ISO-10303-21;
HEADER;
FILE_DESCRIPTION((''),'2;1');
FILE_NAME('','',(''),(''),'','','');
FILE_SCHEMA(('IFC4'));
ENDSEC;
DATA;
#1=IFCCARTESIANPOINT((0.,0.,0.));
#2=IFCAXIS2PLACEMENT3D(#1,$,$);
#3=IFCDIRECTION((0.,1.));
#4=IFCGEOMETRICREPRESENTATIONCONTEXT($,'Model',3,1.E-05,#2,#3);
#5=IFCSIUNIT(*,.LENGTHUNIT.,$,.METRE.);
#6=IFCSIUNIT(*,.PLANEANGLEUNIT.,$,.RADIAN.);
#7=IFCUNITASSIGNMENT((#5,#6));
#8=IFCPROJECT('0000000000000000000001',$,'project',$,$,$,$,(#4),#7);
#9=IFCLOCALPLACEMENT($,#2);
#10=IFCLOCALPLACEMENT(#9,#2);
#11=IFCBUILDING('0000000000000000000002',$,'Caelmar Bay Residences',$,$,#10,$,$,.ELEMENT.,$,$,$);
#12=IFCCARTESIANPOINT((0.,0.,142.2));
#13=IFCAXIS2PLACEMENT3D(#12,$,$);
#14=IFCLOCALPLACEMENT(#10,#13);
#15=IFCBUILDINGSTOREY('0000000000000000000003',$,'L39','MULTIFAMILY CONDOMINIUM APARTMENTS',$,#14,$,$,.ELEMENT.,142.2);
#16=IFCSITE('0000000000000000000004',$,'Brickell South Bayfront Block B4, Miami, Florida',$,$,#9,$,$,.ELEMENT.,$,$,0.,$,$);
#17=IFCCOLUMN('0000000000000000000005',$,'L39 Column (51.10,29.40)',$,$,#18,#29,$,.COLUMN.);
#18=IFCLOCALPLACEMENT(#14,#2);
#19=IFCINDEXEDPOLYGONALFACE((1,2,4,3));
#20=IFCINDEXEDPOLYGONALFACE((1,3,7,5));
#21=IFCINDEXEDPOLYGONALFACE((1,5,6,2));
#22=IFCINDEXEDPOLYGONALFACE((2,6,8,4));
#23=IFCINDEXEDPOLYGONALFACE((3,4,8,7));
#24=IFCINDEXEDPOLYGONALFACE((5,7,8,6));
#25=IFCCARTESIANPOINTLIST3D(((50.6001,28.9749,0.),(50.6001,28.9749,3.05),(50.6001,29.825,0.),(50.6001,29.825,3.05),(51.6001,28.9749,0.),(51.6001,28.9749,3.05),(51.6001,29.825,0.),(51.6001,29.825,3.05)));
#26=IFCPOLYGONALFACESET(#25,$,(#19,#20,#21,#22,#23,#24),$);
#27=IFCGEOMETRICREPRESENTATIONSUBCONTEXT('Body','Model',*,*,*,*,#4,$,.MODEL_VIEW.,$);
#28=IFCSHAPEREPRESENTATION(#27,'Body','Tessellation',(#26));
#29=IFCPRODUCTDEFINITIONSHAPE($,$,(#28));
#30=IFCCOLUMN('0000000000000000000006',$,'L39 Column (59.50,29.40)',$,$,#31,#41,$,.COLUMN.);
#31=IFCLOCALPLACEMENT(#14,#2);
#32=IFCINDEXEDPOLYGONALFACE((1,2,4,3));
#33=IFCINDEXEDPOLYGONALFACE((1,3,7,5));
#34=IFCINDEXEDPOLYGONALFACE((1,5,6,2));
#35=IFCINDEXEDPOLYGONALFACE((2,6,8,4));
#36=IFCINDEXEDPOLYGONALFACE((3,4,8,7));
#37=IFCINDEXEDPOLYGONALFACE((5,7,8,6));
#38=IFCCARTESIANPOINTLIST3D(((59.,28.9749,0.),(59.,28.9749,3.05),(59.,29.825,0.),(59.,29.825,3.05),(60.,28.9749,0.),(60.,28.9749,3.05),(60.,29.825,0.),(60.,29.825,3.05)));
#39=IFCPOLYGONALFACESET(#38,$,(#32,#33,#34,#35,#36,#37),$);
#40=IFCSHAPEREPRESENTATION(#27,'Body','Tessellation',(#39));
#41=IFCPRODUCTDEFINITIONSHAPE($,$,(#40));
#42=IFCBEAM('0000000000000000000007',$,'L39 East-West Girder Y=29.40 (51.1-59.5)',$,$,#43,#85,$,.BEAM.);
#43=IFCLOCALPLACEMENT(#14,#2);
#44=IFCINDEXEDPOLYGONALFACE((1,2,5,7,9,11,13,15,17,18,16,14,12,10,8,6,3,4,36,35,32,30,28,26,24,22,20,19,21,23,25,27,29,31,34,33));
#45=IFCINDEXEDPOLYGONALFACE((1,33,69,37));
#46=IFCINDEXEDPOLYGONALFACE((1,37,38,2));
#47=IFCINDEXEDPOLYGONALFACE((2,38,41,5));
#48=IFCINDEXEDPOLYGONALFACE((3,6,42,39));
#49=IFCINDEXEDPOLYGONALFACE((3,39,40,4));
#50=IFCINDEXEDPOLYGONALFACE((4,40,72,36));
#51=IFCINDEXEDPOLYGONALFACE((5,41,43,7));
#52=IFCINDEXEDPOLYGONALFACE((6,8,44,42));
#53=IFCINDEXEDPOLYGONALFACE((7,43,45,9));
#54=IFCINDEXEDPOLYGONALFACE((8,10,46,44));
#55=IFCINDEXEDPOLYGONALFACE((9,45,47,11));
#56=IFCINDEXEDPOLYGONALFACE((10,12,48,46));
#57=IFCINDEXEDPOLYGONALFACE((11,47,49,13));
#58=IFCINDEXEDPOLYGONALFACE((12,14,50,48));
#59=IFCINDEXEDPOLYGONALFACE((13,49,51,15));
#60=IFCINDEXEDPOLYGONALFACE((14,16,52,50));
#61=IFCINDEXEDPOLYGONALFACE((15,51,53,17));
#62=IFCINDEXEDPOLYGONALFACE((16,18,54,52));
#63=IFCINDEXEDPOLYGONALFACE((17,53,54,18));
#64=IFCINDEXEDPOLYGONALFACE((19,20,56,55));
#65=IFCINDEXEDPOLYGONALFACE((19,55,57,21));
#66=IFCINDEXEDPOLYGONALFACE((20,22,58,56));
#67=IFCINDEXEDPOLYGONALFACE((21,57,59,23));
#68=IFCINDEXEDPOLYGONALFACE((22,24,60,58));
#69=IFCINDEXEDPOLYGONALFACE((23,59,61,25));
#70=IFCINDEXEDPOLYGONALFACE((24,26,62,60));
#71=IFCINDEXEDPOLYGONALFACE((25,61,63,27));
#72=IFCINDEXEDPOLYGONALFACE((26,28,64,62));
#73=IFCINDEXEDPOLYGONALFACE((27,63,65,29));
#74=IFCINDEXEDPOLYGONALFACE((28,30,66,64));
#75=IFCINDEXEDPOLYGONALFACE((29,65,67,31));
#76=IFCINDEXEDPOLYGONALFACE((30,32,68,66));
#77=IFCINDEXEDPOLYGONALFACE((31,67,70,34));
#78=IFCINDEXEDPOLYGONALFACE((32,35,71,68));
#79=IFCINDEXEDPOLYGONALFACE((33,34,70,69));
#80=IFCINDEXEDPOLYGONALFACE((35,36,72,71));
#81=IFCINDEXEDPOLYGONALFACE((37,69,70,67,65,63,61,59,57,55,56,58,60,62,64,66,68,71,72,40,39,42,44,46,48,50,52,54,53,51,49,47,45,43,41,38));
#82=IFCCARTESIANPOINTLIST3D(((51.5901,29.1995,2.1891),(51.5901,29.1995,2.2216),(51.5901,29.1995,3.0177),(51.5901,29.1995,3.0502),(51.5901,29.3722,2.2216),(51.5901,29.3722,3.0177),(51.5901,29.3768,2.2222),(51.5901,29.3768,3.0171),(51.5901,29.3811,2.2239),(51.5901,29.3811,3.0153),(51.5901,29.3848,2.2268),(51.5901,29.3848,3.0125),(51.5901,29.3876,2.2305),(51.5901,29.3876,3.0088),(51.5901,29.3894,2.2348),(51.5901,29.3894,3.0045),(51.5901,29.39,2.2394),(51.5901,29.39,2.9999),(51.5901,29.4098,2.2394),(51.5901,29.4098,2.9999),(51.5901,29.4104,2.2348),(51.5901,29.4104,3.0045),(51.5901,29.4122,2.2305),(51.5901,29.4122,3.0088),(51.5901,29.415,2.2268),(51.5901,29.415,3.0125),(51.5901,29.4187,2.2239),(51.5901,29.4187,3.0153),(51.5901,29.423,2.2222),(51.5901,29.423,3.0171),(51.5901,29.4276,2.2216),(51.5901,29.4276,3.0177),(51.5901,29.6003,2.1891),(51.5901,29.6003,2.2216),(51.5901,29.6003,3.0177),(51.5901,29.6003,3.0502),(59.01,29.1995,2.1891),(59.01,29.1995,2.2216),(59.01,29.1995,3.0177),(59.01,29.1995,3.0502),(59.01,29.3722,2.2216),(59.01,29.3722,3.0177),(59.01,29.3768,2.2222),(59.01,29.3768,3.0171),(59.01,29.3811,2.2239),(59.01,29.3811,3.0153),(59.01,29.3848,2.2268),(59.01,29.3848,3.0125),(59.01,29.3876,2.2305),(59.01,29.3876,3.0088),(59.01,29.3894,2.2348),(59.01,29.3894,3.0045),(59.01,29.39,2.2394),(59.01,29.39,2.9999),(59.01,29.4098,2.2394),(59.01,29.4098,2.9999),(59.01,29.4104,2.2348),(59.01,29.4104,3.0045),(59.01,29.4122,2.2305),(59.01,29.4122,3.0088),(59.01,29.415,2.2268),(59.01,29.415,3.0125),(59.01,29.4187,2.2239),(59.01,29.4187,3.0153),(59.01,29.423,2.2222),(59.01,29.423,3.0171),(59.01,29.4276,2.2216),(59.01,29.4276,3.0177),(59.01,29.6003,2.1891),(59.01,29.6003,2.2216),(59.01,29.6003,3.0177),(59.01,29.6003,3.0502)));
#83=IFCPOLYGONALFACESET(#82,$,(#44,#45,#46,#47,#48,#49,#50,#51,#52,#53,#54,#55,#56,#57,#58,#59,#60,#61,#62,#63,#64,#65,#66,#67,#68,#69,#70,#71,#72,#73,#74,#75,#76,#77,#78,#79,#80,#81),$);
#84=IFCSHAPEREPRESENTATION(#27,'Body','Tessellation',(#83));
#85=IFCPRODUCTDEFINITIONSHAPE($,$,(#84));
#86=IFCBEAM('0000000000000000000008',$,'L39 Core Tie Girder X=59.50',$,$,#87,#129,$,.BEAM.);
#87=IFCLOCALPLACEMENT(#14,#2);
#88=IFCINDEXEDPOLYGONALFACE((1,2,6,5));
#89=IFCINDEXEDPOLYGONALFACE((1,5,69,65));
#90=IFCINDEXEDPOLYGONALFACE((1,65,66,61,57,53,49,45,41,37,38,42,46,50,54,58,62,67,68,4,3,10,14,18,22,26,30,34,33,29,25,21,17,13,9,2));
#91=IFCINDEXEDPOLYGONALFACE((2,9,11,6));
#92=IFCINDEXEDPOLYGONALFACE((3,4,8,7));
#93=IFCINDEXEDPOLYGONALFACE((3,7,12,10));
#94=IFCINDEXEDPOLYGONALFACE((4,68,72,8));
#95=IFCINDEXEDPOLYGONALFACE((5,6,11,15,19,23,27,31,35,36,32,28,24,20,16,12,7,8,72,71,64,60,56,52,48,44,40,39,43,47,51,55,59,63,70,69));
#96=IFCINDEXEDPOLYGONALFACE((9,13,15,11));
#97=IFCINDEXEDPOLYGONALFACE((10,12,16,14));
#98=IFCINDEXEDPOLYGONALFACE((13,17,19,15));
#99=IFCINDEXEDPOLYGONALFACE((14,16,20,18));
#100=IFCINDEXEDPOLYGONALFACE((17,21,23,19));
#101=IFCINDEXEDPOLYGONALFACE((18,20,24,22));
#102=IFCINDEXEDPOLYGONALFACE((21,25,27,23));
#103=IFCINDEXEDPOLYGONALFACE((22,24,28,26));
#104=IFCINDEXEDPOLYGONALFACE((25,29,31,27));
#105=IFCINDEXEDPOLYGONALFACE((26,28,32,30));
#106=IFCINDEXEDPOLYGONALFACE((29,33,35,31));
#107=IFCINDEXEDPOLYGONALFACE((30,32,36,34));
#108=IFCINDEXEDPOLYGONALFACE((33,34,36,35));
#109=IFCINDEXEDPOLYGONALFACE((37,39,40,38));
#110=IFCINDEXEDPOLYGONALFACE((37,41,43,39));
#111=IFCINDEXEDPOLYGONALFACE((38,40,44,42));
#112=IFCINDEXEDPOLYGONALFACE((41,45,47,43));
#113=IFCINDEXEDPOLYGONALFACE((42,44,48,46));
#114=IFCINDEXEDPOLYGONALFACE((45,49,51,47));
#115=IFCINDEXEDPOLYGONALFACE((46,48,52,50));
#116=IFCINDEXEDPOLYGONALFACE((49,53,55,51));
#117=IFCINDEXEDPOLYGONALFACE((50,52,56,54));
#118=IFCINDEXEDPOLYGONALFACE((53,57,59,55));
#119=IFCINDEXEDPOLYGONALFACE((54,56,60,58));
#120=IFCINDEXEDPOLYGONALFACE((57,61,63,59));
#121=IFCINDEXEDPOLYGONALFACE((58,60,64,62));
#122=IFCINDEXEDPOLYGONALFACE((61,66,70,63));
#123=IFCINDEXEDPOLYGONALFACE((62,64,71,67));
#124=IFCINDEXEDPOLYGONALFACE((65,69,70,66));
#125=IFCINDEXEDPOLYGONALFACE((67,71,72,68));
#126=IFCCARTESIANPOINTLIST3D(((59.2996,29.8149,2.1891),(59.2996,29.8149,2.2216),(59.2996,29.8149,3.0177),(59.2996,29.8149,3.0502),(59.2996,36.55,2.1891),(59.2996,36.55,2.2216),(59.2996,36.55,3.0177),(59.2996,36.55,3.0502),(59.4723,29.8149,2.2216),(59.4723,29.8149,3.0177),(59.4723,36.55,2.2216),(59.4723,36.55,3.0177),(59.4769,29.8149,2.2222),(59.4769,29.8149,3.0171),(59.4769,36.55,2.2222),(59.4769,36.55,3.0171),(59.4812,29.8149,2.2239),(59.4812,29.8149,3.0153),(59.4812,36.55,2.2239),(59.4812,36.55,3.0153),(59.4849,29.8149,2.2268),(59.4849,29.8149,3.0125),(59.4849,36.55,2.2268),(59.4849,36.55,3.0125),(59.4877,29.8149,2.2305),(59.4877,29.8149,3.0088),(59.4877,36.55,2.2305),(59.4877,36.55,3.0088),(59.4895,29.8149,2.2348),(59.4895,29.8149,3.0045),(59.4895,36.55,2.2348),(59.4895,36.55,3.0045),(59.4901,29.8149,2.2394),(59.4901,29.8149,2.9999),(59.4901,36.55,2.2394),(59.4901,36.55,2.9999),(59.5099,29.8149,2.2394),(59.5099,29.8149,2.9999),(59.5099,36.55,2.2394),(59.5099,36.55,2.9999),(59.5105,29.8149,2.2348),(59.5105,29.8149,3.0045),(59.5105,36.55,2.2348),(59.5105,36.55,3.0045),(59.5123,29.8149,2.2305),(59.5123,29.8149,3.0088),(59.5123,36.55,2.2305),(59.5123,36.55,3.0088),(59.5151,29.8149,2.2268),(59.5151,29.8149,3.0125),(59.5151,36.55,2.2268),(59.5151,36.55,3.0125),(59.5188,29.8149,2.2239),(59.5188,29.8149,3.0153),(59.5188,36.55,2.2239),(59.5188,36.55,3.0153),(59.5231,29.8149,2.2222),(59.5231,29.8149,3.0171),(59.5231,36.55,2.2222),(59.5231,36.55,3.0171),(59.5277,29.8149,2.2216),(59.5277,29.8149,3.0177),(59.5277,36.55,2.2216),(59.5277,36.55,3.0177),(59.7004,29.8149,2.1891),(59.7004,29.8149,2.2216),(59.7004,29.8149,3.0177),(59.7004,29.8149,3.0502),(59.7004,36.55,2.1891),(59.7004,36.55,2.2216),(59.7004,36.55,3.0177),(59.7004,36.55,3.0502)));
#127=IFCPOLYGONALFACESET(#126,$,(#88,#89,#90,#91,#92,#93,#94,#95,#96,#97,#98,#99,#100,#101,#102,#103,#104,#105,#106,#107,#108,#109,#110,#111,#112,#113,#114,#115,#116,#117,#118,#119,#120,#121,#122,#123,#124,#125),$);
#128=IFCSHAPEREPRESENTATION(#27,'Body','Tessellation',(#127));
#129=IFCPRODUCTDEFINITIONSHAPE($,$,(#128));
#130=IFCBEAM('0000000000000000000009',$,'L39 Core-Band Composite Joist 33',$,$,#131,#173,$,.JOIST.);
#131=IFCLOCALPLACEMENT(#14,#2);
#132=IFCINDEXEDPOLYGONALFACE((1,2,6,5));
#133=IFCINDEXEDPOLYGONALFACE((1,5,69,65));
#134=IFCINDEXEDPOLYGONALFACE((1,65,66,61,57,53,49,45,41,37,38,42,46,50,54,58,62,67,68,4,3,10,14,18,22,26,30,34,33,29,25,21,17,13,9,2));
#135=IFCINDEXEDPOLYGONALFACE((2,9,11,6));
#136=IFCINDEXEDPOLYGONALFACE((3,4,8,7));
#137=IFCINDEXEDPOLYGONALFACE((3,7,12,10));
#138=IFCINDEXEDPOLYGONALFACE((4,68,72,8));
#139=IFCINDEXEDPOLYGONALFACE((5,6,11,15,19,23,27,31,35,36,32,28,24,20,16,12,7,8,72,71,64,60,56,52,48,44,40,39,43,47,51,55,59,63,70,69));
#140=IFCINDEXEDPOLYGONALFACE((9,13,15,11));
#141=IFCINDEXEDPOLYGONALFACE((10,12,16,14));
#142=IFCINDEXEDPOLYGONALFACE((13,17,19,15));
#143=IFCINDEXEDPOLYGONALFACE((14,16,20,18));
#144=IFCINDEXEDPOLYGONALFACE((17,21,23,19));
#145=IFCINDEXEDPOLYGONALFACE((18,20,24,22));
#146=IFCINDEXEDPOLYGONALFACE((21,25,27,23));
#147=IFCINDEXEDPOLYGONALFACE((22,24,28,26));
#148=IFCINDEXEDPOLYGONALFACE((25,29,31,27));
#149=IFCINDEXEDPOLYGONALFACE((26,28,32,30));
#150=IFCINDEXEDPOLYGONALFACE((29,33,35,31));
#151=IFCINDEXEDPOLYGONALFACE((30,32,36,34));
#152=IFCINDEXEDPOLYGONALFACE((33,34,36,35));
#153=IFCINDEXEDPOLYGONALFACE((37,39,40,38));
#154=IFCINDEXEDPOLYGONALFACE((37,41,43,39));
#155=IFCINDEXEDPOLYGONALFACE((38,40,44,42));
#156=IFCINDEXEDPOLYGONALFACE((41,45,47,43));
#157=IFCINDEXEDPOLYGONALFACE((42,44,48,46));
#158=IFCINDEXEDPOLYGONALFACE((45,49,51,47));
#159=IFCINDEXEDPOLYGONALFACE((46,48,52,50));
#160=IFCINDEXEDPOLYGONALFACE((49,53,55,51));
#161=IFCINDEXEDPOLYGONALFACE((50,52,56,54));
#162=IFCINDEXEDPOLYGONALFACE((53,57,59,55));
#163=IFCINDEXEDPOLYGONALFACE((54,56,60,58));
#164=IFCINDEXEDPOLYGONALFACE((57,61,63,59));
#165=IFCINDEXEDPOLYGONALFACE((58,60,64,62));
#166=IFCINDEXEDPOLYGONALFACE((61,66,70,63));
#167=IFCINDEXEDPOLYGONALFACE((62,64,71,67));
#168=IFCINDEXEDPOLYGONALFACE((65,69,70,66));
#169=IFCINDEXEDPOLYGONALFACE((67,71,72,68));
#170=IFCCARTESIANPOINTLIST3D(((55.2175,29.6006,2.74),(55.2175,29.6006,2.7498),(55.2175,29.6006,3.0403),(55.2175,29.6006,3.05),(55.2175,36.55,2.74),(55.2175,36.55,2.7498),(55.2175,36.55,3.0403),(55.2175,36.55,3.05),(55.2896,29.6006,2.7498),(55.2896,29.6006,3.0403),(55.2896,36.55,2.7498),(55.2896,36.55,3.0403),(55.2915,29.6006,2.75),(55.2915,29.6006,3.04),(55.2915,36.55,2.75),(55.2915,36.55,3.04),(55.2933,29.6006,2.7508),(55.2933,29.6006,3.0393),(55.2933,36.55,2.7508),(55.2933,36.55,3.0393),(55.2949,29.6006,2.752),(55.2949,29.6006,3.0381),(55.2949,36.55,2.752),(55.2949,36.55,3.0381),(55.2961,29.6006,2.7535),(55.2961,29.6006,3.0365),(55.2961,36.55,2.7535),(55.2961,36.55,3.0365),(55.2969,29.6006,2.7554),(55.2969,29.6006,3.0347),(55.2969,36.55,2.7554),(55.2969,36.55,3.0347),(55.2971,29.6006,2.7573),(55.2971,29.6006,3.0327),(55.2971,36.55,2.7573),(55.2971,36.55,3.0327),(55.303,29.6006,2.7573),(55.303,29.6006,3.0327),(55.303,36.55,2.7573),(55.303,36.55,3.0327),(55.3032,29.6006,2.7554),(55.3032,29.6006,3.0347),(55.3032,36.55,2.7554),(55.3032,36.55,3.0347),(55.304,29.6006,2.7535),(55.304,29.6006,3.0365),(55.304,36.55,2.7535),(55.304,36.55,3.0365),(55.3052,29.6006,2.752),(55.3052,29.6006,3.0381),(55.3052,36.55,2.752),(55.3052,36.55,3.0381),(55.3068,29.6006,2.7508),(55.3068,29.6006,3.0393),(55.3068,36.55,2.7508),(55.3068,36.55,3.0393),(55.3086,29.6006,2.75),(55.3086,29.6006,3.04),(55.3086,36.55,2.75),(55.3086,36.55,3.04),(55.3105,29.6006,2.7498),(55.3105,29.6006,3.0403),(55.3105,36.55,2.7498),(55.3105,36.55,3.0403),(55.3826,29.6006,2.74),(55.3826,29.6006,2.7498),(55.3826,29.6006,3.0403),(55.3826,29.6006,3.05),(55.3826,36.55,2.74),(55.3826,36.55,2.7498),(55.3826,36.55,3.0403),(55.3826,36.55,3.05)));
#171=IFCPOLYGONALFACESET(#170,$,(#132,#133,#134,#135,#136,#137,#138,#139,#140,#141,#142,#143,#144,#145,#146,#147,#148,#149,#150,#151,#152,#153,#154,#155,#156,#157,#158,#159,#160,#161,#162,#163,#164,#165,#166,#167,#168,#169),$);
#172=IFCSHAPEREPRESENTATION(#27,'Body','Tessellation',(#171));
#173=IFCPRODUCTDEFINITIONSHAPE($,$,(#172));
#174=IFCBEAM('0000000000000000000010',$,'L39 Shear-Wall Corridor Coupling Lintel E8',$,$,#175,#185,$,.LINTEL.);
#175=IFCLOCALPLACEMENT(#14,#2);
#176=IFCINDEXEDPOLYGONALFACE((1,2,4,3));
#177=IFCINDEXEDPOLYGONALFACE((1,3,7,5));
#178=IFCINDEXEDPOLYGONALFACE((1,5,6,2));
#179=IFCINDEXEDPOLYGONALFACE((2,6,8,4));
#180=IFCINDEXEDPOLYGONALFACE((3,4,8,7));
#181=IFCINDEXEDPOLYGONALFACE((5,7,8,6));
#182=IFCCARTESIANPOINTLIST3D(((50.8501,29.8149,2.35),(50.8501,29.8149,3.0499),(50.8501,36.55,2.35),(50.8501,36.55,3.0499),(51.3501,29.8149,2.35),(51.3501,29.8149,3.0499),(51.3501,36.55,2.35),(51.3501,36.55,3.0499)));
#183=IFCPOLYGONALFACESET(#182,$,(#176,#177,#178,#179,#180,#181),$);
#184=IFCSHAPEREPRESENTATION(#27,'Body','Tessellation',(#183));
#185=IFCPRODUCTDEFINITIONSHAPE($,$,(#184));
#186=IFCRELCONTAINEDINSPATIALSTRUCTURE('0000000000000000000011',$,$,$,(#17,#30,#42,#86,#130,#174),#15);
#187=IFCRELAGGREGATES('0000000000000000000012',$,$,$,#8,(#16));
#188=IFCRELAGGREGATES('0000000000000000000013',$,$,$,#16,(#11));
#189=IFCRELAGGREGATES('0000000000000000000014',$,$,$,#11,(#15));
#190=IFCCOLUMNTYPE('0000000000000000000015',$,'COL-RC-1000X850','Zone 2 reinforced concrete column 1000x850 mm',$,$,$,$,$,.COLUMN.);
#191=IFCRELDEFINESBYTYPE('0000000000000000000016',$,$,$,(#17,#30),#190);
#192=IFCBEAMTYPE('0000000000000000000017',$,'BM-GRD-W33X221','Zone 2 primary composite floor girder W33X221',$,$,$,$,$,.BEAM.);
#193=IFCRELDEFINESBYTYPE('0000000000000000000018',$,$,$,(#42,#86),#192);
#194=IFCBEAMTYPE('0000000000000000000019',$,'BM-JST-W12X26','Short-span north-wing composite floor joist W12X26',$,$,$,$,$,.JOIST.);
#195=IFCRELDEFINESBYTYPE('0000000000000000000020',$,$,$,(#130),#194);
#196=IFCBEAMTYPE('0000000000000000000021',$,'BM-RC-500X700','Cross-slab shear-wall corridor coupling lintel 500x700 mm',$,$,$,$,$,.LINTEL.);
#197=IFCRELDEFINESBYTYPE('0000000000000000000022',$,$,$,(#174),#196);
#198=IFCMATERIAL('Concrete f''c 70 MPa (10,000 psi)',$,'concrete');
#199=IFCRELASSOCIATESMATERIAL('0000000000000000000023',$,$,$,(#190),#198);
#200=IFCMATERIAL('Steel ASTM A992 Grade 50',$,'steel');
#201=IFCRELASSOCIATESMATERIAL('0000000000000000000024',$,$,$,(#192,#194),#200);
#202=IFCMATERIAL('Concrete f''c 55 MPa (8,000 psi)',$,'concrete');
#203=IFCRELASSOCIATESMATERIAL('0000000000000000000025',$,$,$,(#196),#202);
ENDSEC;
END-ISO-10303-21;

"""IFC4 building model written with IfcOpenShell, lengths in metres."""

from ifc_helpers import new_model, si_unit, direction, frame, origin, origin_2d, place, context, subcontext, project, spatial, rectangle, i_section, extrude, material, material_profile, profile_set, type_object, element, save


model = new_model("IFC4")

# Units and contexts
model_context = context("Model", 3, precision=1e-05, world=origin(), true_north=direction((0.0, 1.0)))
body_context = subcontext(model_context, "Body", "Model", "MODEL_VIEW")
ifc_project = project(units=[si_unit("LENGTHUNIT", "METRE"), si_unit("PLANEANGLEUNIT", "RADIAN")], contexts=[model_context])

# Site, building, storey
site_placement = place(None, origin())
site = spatial("IfcSite", under=ifc_project, at=site_placement, Name="Brickell South Bayfront Block B4, Miami, Florida", CompositionType="ELEMENT", RefElevation=0.0)
building_placement = place(site_placement, origin())
building = spatial("IfcBuilding", under=site, at=building_placement, Name="Caelmar Bay Residences", CompositionType="ELEMENT")
storey_placement = place(building_placement, frame((0.0, 0.0, 142.2)))
storey = spatial("IfcBuildingStorey", under=building, at=storey_placement, Name="L39", Description="MULTIFAMILY CONDOMINIUM APARTMENTS", CompositionType="ELEMENT", Elevation=142.2)

# Columns
ifc_material_1 = material(Name="Concrete f'c 70 MPa (10,000 psi)", Category="concrete")
ifc_material_profile_1 = material_profile(ifc_material_1, rectangle(XDim=1.0, YDim=0.8501, at=origin_2d()), Name="RC-COL-1000X850")
ifc_profile_set_1 = profile_set([ifc_material_profile_1], Name="Concrete f'c 70 MPa (10,000 psi)")
column_type = type_object("IfcColumnType", Name="COL-RC-1000X850", Description="Zone 2 reinforced concrete column 1000x850 mm", PredefinedType="COLUMN", material=ifc_profile_set_1)
for number, where, z_axis, x_axis, name in (
    (1, (51.1001, 29.3999, 0.0), (0.0, 0.0, 1.0), (1.0, 0.0, 0.0), "L39 Column (51.10,29.40)"),
    (2, (59.5, 29.3999, 0.0), (0.0, 0.0, 1.0), (1.0, 0.0, 0.0), "L39 Column (59.50,29.40)"),
):
    element("IfcColumn", number, at=place(storey_placement, frame(where, z_axis=z_axis, x_axis=x_axis)), inside=storey, type_object=column_type, Name=name, PredefinedType="COLUMN", context=body_context, shape_type="SweptSolid", body=[
        extrude(rectangle(XDim=1.0, YDim=0.8501, at=origin_2d()), origin(), (0.0, 0.0, 1.0), 3.05),
    ])

# Beams
ifc_material_2 = material(Name="Steel ASTM A992 Grade 50", Category="steel")
ifc_material_profile_2 = material_profile(ifc_material_2, i_section(OverallWidth=0.4009, OverallDepth=0.8611, WebThickness=0.0198, FlangeThickness=0.0325, FilletRadius=0.0178, at=origin_2d()), Name="W33X221")
ifc_profile_set_2 = profile_set([ifc_material_profile_2], Name="Steel ASTM A992 Grade 50")
beam_type_1 = type_object("IfcBeamType", Name="BM-GRD-W33X221", Description="Zone 2 primary composite floor girder W33X221", PredefinedType="BEAM", material=ifc_profile_set_2)
beam_1_placement = place(storey_placement, frame((51.5901, 29.3999, 2.6196), z_axis=(1.0, 0.0, 0.0), x_axis=(0.0, 1.0, 0.0)))
element("IfcBeam", 3, at=beam_1_placement, inside=storey, type_object=beam_type_1, Name="L39 East-West Girder Y=29.40 (51.1-59.5)", PredefinedType="BEAM", context=body_context, shape_type="SweptSolid", body=[
    extrude(i_section(OverallWidth=0.4009, OverallDepth=0.8611, WebThickness=0.0198, FlangeThickness=0.0325, FilletRadius=0.0178, at=origin_2d()), origin(), (0.0, 0.0, 1.0), 7.4199),
])
beam_2_placement = place(storey_placement, frame((59.5, 29.8149, 2.6196), z_axis=(0.0, 1.0, 0.0), x_axis=(-1.0, 0.0, 0.0)))
element("IfcBeam", 4, at=beam_2_placement, inside=storey, type_object=beam_type_1, Name="L39 Core Tie Girder X=59.50", PredefinedType="BEAM", context=body_context, shape_type="SweptSolid", body=[
    extrude(i_section(OverallWidth=0.4009, OverallDepth=0.8611, WebThickness=0.0198, FlangeThickness=0.0325, FilletRadius=0.0178, at=origin_2d()), origin(), (0.0, 0.0, 1.0), 6.7351),
])
ifc_material_profile_3 = material_profile(ifc_material_2, i_section(OverallWidth=0.165, OverallDepth=0.3101, WebThickness=0.0059, FlangeThickness=0.0098, FilletRadius=0.0076, at=origin_2d()), Name="W12X26")
ifc_profile_set_3 = profile_set([ifc_material_profile_3], Name="Steel ASTM A992 Grade 50")
beam_type_2 = type_object("IfcBeamType", Name="BM-JST-W12X26", Description="Short-span north-wing composite floor joist W12X26", PredefinedType="JOIST", material=ifc_profile_set_3)
beam_3_placement = place(storey_placement, frame((55.3, 29.6006, 2.895), z_axis=(0.0, 1.0, 0.0), x_axis=(-1.0, 0.0, 0.0)))
element("IfcBeam", 5, at=beam_3_placement, inside=storey, type_object=beam_type_2, Name="L39 Core-Band Composite Joist 33", PredefinedType="JOIST", context=body_context, shape_type="SweptSolid", body=[
    extrude(i_section(OverallWidth=0.165, OverallDepth=0.3101, WebThickness=0.0059, FlangeThickness=0.0098, FilletRadius=0.0076, at=origin_2d()), origin(), (0.0, 0.0, 1.0), 6.9495),
])
ifc_material_3 = material(Name="Concrete f'c 55 MPa (8,000 psi)", Category="concrete")
ifc_material_profile_4 = material_profile(ifc_material_3, rectangle(XDim=0.5, YDim=0.7, at=origin_2d()), Name="RC-BM-500X700")
ifc_profile_set_4 = profile_set([ifc_material_profile_4], Name="Concrete f'c 55 MPa (8,000 psi)")
beam_type_3 = type_object("IfcBeamType", Name="BM-RC-500X700", Description="Cross-slab shear-wall corridor coupling lintel 500x700 mm", PredefinedType="LINTEL", material=ifc_profile_set_4)
beam_4_placement = place(storey_placement, frame((51.1001, 29.8149, 2.7), z_axis=(0.0, 1.0, 0.0), x_axis=(-1.0, 0.0, 0.0)))
element("IfcBeam", 6, at=beam_4_placement, inside=storey, type_object=beam_type_3, Name="L39 Shear-Wall Corridor Coupling Lintel E8", PredefinedType="LINTEL", context=body_context, shape_type="SweptSolid", body=[
    extrude(rectangle(XDim=0.5, YDim=0.7, at=origin_2d()), origin(), (0.0, 0.0, 1.0), 6.7351),
])

save(model, "model.ifc")
